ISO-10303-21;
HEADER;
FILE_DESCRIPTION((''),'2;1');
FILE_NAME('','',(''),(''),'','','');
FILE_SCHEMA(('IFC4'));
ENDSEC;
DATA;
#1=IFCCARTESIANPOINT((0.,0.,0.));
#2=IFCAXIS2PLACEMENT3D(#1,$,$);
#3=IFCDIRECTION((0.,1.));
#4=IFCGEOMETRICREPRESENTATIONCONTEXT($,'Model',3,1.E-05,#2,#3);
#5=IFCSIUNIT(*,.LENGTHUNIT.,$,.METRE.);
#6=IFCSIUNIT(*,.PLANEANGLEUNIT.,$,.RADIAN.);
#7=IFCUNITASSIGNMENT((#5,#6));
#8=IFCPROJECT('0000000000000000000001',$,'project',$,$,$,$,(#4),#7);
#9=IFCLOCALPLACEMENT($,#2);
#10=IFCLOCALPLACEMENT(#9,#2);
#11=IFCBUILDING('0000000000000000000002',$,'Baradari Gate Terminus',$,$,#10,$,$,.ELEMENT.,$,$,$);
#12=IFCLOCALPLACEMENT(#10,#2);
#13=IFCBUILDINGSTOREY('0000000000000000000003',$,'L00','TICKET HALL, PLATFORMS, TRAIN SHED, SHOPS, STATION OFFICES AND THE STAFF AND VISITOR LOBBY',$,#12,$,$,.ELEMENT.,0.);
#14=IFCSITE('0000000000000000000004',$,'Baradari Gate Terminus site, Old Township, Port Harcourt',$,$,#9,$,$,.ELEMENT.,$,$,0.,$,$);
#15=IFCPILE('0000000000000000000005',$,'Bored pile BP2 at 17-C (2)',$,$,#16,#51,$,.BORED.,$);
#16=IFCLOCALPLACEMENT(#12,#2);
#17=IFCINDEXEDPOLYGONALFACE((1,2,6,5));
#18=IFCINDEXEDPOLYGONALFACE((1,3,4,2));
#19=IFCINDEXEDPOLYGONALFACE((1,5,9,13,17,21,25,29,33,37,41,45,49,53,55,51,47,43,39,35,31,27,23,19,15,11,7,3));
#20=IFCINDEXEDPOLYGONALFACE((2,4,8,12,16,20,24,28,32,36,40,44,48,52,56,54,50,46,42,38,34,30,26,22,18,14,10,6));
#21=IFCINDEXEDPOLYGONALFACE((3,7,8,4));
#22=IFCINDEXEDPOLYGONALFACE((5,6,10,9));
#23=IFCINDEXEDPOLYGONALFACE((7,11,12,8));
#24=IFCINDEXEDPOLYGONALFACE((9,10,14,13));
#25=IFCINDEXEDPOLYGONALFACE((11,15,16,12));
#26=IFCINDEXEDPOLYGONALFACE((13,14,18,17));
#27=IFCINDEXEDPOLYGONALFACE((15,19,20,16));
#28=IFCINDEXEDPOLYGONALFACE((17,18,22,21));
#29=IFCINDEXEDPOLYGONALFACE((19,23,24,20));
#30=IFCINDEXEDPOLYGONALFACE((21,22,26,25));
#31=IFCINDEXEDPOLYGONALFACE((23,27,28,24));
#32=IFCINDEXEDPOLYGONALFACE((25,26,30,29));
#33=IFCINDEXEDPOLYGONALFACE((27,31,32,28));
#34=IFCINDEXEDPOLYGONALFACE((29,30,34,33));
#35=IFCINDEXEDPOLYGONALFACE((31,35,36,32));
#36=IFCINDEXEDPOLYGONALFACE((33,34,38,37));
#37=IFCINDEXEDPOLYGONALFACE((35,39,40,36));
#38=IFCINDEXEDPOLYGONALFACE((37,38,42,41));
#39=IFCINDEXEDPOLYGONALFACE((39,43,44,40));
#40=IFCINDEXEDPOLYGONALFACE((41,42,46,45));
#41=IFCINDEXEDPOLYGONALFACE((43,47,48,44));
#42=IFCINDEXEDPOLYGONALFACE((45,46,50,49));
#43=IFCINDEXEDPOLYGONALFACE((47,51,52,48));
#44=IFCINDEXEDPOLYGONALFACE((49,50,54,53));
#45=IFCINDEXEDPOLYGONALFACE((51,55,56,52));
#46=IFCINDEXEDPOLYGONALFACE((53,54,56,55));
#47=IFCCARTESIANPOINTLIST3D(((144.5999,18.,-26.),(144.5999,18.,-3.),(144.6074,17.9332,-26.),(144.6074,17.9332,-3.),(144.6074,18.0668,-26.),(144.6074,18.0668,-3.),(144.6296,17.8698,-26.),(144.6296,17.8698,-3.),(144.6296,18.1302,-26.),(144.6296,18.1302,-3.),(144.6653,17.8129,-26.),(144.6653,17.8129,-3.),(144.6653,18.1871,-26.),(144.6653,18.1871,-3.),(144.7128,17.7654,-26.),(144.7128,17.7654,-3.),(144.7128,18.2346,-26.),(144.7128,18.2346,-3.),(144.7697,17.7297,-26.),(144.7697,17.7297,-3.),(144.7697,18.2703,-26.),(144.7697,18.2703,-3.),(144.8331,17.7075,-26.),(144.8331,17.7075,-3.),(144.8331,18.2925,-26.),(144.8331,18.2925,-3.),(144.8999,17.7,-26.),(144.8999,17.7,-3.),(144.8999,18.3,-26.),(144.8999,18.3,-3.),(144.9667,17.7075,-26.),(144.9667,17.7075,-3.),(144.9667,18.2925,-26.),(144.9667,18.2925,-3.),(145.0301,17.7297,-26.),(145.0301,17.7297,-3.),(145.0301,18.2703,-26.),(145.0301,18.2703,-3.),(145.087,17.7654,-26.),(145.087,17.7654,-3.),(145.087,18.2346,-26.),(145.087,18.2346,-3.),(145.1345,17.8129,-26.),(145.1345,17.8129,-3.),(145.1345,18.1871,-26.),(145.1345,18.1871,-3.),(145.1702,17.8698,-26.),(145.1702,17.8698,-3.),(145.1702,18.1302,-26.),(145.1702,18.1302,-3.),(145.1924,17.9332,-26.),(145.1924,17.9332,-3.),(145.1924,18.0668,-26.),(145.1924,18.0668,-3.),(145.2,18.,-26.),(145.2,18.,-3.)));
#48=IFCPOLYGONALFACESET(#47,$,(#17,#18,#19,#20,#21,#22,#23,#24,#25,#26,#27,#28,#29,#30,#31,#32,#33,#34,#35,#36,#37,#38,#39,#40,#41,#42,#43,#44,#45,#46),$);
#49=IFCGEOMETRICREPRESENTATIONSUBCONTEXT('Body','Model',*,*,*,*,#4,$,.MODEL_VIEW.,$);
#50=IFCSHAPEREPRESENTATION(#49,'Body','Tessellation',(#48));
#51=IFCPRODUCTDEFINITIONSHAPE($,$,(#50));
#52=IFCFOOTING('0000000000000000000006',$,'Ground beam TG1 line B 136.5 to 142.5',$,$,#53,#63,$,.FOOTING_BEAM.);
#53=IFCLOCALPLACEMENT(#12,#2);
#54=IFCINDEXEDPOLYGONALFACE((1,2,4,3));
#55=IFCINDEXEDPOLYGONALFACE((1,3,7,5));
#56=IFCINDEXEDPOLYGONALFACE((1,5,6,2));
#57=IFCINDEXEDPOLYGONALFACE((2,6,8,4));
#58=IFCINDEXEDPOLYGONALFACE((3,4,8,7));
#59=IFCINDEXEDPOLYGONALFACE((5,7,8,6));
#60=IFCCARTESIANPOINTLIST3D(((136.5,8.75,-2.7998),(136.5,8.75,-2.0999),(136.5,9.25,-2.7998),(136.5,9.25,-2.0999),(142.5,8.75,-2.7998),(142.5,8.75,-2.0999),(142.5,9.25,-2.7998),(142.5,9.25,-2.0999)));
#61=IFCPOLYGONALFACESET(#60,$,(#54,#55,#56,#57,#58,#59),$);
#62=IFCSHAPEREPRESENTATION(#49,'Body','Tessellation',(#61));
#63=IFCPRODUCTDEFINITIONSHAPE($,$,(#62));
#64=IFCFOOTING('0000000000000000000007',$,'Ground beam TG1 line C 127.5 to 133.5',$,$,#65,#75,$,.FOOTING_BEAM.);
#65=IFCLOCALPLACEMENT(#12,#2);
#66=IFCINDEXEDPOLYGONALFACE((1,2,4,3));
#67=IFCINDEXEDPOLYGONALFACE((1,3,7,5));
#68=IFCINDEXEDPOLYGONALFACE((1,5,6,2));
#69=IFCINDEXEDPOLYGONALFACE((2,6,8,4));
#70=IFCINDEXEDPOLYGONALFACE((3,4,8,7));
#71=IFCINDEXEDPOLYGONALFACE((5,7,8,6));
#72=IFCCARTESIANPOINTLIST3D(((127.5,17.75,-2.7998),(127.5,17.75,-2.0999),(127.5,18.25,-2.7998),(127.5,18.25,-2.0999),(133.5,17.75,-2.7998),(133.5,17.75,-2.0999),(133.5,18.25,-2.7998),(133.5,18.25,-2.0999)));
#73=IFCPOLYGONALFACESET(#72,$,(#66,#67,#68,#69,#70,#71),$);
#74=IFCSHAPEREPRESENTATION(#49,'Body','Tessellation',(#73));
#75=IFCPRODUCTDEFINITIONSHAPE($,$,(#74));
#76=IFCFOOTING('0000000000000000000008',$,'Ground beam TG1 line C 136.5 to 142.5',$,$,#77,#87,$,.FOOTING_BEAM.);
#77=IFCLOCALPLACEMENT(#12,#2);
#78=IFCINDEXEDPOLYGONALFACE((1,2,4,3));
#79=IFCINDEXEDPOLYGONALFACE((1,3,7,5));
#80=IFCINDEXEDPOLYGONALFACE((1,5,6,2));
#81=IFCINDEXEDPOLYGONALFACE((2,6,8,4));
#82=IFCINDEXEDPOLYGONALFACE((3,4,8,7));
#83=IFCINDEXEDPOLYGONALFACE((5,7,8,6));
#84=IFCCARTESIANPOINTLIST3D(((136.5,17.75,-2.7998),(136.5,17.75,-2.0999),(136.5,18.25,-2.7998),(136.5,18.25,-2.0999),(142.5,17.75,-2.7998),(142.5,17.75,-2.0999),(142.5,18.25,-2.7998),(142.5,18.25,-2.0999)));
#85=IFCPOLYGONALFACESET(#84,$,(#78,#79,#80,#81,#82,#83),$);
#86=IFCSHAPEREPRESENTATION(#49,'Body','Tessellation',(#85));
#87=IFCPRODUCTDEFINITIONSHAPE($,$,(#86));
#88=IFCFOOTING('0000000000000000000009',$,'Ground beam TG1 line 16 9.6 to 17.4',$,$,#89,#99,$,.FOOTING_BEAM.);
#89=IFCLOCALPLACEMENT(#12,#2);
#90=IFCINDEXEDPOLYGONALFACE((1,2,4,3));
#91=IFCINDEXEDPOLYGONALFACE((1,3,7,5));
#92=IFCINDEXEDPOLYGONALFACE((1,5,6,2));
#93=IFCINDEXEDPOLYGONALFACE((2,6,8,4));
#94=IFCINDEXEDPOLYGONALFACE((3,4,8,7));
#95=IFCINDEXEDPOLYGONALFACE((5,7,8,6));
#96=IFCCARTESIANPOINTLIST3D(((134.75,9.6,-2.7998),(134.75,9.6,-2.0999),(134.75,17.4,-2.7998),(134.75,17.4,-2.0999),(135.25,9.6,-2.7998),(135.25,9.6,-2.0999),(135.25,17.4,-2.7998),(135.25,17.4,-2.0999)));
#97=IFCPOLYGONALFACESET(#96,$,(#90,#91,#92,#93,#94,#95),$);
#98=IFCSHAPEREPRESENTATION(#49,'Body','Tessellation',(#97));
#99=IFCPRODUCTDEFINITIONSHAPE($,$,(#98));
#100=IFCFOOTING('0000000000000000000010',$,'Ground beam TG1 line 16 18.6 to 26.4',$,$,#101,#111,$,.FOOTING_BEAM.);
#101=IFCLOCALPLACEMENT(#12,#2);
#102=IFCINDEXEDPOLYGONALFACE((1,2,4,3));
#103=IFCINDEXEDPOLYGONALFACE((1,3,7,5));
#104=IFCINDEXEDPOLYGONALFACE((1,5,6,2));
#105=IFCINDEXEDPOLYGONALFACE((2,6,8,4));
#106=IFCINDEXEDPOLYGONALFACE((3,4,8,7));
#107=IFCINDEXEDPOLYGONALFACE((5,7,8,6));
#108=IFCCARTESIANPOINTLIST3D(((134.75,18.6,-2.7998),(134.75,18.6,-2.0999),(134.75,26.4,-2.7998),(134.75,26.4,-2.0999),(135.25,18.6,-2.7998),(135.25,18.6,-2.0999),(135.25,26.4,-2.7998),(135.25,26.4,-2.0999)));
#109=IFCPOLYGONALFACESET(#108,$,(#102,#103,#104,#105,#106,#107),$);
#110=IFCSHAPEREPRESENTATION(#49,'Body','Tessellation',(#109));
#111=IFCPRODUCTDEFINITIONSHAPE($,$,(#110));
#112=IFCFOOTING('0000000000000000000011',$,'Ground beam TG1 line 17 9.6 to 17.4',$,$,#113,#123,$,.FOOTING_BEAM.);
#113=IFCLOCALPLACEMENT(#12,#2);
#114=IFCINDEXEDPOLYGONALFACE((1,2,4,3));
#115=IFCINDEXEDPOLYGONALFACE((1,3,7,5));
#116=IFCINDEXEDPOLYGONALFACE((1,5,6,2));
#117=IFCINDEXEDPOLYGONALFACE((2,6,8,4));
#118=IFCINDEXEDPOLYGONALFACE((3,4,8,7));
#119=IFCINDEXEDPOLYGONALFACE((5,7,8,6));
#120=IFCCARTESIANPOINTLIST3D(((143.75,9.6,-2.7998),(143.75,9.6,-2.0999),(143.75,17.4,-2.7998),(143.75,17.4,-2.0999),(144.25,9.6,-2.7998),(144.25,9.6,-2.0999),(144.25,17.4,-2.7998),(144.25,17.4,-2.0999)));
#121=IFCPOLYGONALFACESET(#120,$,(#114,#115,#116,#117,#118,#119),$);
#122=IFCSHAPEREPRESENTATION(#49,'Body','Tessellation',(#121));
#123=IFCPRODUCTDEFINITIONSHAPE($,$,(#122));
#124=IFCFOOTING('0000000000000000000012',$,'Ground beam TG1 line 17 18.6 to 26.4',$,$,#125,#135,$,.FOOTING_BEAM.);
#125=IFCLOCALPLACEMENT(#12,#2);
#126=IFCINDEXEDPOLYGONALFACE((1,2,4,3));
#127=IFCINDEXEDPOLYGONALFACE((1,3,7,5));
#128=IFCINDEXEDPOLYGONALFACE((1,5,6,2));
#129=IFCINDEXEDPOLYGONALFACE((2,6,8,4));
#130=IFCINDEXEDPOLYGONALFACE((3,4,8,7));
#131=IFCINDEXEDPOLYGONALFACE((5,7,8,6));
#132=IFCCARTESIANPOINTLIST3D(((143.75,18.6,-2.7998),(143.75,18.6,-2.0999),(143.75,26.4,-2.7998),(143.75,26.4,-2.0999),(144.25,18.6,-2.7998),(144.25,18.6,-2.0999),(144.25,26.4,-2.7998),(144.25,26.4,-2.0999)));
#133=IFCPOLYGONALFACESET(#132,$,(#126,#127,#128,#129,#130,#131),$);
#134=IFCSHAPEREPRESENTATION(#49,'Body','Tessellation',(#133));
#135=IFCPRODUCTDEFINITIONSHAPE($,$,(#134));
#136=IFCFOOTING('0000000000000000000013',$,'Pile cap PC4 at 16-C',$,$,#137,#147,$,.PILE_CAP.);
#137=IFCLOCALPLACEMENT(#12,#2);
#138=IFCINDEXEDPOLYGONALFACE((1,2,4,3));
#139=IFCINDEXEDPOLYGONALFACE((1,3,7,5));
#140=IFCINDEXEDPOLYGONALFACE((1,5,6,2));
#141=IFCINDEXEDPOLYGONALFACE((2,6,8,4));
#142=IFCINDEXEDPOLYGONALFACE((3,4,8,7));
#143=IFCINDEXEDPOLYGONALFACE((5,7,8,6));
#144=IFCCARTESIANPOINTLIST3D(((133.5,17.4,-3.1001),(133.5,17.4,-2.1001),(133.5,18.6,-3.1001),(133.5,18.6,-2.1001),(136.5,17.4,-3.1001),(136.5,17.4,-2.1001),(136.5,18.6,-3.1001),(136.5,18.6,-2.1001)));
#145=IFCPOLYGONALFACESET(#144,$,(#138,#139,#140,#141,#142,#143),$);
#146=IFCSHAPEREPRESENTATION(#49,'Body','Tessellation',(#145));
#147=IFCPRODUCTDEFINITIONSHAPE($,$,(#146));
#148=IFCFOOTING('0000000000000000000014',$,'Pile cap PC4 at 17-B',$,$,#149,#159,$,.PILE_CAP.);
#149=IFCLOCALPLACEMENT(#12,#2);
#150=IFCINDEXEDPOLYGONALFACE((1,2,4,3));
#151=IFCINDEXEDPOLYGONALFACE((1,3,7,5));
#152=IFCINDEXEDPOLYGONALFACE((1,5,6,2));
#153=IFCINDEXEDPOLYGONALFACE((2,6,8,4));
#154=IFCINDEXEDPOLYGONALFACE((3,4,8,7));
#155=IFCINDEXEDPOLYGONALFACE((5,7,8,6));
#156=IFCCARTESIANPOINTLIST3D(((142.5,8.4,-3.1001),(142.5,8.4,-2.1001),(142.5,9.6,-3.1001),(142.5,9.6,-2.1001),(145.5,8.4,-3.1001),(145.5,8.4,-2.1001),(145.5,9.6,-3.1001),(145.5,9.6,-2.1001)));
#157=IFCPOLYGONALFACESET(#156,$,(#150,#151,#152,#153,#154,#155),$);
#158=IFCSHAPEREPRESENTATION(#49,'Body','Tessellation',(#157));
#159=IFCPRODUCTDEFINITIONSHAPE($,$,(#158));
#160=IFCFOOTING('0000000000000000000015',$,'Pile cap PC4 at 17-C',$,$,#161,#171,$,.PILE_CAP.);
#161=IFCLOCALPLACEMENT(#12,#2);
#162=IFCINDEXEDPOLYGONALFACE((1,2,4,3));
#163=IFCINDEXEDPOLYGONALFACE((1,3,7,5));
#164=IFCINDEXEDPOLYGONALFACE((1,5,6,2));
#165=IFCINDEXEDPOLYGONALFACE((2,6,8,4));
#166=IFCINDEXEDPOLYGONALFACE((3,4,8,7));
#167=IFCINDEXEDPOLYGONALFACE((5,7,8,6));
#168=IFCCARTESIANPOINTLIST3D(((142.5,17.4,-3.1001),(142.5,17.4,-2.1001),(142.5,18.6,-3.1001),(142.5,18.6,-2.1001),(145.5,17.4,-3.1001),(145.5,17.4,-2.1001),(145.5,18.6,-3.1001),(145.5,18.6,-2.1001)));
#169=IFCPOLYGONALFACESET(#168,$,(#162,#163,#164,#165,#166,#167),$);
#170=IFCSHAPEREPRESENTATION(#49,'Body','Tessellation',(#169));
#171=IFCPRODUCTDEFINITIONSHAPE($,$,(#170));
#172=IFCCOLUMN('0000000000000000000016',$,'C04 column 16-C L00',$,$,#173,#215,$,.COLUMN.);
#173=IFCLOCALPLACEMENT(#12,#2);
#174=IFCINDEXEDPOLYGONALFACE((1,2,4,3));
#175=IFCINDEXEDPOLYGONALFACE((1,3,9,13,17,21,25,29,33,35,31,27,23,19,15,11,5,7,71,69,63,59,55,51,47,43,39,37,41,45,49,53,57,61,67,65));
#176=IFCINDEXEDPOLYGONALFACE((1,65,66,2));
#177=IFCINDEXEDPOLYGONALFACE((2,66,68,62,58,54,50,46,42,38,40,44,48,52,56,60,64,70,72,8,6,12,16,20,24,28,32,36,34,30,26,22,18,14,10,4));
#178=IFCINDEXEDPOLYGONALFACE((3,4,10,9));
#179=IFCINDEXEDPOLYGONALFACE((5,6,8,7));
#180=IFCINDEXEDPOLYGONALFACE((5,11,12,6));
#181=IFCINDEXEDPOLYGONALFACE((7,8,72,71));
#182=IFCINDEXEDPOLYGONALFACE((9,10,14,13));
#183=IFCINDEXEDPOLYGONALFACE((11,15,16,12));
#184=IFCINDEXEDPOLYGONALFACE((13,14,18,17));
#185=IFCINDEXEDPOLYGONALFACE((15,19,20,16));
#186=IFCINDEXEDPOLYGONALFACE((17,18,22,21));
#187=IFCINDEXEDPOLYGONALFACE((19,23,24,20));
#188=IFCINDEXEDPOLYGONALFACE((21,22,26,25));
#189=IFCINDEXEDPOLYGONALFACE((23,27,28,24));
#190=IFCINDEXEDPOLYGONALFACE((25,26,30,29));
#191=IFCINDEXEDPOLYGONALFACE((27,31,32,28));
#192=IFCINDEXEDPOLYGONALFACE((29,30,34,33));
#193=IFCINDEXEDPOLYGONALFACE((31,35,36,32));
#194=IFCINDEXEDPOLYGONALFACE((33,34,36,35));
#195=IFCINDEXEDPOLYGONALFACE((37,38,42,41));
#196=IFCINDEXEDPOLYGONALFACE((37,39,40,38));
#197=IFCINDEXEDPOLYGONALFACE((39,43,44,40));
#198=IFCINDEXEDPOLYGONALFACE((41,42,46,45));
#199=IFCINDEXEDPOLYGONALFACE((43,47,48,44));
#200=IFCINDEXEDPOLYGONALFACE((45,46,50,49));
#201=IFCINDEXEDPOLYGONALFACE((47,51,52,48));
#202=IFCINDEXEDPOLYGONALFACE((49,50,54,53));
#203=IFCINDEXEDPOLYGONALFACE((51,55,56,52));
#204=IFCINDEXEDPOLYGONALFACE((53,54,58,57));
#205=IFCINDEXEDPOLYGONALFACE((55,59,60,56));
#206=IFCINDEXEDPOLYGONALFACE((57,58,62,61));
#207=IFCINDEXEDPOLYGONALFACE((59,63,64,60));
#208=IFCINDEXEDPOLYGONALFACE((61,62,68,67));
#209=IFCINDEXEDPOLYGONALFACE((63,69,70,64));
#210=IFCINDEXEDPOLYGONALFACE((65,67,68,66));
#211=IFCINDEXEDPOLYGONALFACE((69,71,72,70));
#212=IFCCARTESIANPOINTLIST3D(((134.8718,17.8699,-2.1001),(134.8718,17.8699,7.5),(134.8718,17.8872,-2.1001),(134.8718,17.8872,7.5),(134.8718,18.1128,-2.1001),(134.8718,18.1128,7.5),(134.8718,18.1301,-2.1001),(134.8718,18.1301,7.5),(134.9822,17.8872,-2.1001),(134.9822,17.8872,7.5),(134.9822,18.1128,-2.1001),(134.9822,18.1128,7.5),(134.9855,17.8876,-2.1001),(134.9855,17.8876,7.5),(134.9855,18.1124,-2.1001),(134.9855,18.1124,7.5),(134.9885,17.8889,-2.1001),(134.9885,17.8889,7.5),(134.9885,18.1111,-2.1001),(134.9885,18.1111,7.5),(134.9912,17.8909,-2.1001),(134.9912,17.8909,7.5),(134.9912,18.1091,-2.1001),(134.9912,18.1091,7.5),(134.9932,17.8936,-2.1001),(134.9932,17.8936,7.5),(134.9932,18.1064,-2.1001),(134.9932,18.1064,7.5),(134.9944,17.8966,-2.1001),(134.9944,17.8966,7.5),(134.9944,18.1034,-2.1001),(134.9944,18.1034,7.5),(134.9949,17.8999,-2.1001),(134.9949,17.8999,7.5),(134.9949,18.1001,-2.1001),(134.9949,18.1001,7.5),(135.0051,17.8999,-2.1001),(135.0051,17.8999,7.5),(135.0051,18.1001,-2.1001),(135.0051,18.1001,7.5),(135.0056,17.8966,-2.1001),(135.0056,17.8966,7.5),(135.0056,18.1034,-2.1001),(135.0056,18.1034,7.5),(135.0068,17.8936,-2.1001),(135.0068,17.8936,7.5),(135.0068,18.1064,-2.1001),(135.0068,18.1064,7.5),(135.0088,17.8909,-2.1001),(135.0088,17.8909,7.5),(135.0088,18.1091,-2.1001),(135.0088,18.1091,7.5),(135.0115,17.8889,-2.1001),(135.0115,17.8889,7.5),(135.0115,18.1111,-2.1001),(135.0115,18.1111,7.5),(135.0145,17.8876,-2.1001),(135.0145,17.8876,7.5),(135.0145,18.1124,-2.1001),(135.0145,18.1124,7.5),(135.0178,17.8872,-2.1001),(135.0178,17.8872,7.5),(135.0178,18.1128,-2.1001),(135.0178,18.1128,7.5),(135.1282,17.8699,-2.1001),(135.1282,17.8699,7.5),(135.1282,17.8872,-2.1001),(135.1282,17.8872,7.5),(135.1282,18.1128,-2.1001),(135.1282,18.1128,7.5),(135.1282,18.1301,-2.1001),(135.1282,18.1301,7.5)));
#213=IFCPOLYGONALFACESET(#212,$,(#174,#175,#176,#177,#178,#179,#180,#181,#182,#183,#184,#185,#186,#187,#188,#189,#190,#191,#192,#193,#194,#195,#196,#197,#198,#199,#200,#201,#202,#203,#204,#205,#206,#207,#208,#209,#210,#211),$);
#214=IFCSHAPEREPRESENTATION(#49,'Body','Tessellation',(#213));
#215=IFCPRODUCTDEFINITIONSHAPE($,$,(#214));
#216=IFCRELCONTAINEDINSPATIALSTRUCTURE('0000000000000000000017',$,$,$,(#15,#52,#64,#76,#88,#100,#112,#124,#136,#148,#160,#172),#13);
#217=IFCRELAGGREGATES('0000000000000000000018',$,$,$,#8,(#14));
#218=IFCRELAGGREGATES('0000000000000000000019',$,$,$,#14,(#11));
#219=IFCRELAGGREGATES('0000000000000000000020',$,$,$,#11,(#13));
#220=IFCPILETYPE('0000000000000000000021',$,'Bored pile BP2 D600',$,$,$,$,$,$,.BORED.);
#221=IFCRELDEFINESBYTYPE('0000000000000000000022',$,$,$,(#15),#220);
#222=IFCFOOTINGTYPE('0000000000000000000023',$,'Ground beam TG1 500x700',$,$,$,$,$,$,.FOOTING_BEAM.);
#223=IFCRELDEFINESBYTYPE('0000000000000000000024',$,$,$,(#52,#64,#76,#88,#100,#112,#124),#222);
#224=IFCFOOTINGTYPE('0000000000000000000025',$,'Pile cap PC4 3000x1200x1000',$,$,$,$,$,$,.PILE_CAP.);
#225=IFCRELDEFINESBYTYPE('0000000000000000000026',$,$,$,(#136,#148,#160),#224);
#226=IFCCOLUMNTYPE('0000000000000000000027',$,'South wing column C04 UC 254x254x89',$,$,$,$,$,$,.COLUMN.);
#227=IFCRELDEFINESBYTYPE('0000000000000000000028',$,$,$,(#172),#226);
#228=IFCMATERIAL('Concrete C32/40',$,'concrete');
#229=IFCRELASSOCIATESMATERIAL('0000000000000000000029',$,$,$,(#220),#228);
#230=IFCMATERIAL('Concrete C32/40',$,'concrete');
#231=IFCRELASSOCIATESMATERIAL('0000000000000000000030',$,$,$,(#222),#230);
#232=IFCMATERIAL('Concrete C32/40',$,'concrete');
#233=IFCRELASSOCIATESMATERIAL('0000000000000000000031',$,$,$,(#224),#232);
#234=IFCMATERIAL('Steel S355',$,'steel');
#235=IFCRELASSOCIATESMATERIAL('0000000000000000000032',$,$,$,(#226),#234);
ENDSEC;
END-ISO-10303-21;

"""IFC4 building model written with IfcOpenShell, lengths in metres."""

from ifc_helpers import new_model, si_unit, direction, frame, origin, origin_2d, place, context, subcontext, project, spatial, rectangle, circle, i_section, extrude, material, material_profile, profile_set, type_object, element, save


model = new_model("IFC4")

# Units and contexts
model_context = context("Model", 3, precision=1e-05, world=origin(), true_north=direction((0.0, 1.0)))
body_context = subcontext(model_context, "Body", "Model", "MODEL_VIEW")
ifc_project = project(units=[si_unit("LENGTHUNIT", "METRE"), si_unit("PLANEANGLEUNIT", "RADIAN")], contexts=[model_context])

# Site, building, storey
site_placement = place(None, origin())
site = spatial("IfcSite", under=ifc_project, at=site_placement, Name="Baradari Gate Terminus site, Old Township, Port Harcourt", CompositionType="ELEMENT", RefElevation=0.0)
building_placement = place(site_placement, origin())
building = spatial("IfcBuilding", under=site, at=building_placement, Name="Baradari Gate Terminus", CompositionType="ELEMENT")
storey_placement = place(building_placement, origin())
storey = spatial("IfcBuildingStorey", under=building, at=storey_placement, Name="L00", Description="TICKET HALL, PLATFORMS, TRAIN SHED, SHOPS, STATION OFFICES AND THE STAFF AND VISITOR LOBBY", CompositionType="ELEMENT", Elevation=0.0)

# Pile
ifc_material_1 = material(Name="Concrete C32/40", Category="concrete")
pile_type = type_object("IfcPileType", Name="Bored pile BP2 D600", PredefinedType="BORED", material=ifc_material_1)
for number, where, z_axis, x_axis, name in (
    (1, (144.8999, 18.0, -3.0), (0.0, 0.0, -1.0), (1.0, 0.0, 0.0), "Bored pile BP2 at 17-C (2)"),
):
    element("IfcPile", number, at=place(storey_placement, frame(where, z_axis=z_axis, x_axis=x_axis)), inside=storey, type_object=pile_type, Name=name, PredefinedType="BORED", context=body_context, shape_type="SweptSolid", body=[
        extrude(circle(Radius=0.3, at=origin_2d()), origin(), (0.0, 0.0, 1.0), 23.0),
    ])

# Footings
ifc_material_2 = material(Name="Concrete C32/40", Category="concrete")
footing_type_1 = type_object("IfcFootingType", Name="Ground beam TG1 500x700", PredefinedType="FOOTING_BEAM", material=ifc_material_2)
for number, where, z_axis, x_axis, name in (
    (2, (139.5, 9.0, -2.7998), (0.0, 0.0, 1.0), (1.0, 0.0, 0.0), "Ground beam TG1 line B 136.5 to 142.5"),
    (3, (130.5, 18.0, -2.7998), (0.0, 0.0, 1.0), (1.0, 0.0, 0.0), "Ground beam TG1 line C 127.5 to 133.5"),
    (4, (139.5, 18.0, -2.7998), (0.0, 0.0, 1.0), (1.0, 0.0, 0.0), "Ground beam TG1 line C 136.5 to 142.5"),
):
    element("IfcFooting", number, at=place(storey_placement, frame(where, z_axis=z_axis, x_axis=x_axis)), inside=storey, type_object=footing_type_1, Name=name, PredefinedType="FOOTING_BEAM", context=body_context, shape_type="SweptSolid", body=[
        extrude(rectangle(XDim=6.0, YDim=0.5, at=origin_2d()), origin(), (0.0, 0.0, 1.0), 0.7),
    ])
for number, where, z_axis, x_axis, name in (
    (5, (135.0, 13.5, -2.7998), (0.0, 0.0, 1.0), (1.0, 0.0, 0.0), "Ground beam TG1 line 16 9.6 to 17.4"),
    (6, (135.0, 22.5, -2.7998), (0.0, 0.0, 1.0), (1.0, 0.0, 0.0), "Ground beam TG1 line 16 18.6 to 26.4"),
    (7, (144.0, 13.5, -2.7998), (0.0, 0.0, 1.0), (1.0, 0.0, 0.0), "Ground beam TG1 line 17 9.6 to 17.4"),
    (8, (144.0, 22.5, -2.7998), (0.0, 0.0, 1.0), (1.0, 0.0, 0.0), "Ground beam TG1 line 17 18.6 to 26.4"),
):
    element("IfcFooting", number, at=place(storey_placement, frame(where, z_axis=z_axis, x_axis=x_axis)), inside=storey, type_object=footing_type_1, Name=name, PredefinedType="FOOTING_BEAM", context=body_context, shape_type="SweptSolid", body=[
        extrude(rectangle(XDim=0.5, YDim=7.8, at=origin_2d()), origin(), (0.0, 0.0, 1.0), 0.7),
    ])
ifc_material_3 = material(Name="Concrete C32/40", Category="concrete")
footing_type_2 = type_object("IfcFootingType", Name="Pile cap PC4 3000x1200x1000", PredefinedType="PILE_CAP", material=ifc_material_3)
for number, where, z_axis, x_axis, name in (
    (9, (135.0, 18.0, -3.1001), (0.0, 0.0, 1.0), (1.0, 0.0, 0.0), "Pile cap PC4 at 16-C"),
    (10, (144.0, 9.0, -3.1001), (0.0, 0.0, 1.0), (1.0, 0.0, 0.0), "Pile cap PC4 at 17-B"),
    (11, (144.0, 18.0, -3.1001), (0.0, 0.0, 1.0), (1.0, 0.0, 0.0), "Pile cap PC4 at 17-C"),
):
    element("IfcFooting", number, at=place(storey_placement, frame(where, z_axis=z_axis, x_axis=x_axis)), inside=storey, type_object=footing_type_2, Name=name, PredefinedType="PILE_CAP", context=body_context, shape_type="SweptSolid", body=[
        extrude(rectangle(XDim=3.0, YDim=1.2, at=origin_2d()), origin(), (0.0, 0.0, 1.0), 1.0),
    ])

# Column
ifc_material_4 = material(Name="Steel S355", Category="steel")
ifc_material_profile_1 = material_profile(ifc_material_4, i_section(OverallWidth=0.2563, OverallDepth=0.2603, WebThickness=0.0103, FlangeThickness=0.0173, FilletRadius=0.0127, at=origin_2d()), Name="UC 254x254x89")
ifc_profile_set_1 = profile_set([ifc_material_profile_1], Name="Steel S355")
column_type_1 = type_object("IfcColumnType", Name="South wing column C04 UC 254x254x89", PredefinedType="COLUMN", material=ifc_profile_set_1)
for number, where, z_axis, x_axis, name in (
    (12, (135.0, 18.0, -2.1001), (0.0, 0.0, 1.0), (1.0, 0.0, 0.0), "C04 column 16-C L00"),
):
    element("IfcColumn", number, at=place(storey_placement, frame(where, z_axis=z_axis, x_axis=x_axis)), inside=storey, type_object=column_type_1, Name=name, PredefinedType="COLUMN", context=body_context, shape_type="SweptSolid", body=[
        extrude(i_section(OverallWidth=0.2563, OverallDepth=0.2603, WebThickness=0.0103, FlangeThickness=0.0173, FilletRadius=0.0127, at=origin_2d()), origin(), (0.0, 0.0, 1.0), 9.6001),
    ])

save(model, "model.ifc")
